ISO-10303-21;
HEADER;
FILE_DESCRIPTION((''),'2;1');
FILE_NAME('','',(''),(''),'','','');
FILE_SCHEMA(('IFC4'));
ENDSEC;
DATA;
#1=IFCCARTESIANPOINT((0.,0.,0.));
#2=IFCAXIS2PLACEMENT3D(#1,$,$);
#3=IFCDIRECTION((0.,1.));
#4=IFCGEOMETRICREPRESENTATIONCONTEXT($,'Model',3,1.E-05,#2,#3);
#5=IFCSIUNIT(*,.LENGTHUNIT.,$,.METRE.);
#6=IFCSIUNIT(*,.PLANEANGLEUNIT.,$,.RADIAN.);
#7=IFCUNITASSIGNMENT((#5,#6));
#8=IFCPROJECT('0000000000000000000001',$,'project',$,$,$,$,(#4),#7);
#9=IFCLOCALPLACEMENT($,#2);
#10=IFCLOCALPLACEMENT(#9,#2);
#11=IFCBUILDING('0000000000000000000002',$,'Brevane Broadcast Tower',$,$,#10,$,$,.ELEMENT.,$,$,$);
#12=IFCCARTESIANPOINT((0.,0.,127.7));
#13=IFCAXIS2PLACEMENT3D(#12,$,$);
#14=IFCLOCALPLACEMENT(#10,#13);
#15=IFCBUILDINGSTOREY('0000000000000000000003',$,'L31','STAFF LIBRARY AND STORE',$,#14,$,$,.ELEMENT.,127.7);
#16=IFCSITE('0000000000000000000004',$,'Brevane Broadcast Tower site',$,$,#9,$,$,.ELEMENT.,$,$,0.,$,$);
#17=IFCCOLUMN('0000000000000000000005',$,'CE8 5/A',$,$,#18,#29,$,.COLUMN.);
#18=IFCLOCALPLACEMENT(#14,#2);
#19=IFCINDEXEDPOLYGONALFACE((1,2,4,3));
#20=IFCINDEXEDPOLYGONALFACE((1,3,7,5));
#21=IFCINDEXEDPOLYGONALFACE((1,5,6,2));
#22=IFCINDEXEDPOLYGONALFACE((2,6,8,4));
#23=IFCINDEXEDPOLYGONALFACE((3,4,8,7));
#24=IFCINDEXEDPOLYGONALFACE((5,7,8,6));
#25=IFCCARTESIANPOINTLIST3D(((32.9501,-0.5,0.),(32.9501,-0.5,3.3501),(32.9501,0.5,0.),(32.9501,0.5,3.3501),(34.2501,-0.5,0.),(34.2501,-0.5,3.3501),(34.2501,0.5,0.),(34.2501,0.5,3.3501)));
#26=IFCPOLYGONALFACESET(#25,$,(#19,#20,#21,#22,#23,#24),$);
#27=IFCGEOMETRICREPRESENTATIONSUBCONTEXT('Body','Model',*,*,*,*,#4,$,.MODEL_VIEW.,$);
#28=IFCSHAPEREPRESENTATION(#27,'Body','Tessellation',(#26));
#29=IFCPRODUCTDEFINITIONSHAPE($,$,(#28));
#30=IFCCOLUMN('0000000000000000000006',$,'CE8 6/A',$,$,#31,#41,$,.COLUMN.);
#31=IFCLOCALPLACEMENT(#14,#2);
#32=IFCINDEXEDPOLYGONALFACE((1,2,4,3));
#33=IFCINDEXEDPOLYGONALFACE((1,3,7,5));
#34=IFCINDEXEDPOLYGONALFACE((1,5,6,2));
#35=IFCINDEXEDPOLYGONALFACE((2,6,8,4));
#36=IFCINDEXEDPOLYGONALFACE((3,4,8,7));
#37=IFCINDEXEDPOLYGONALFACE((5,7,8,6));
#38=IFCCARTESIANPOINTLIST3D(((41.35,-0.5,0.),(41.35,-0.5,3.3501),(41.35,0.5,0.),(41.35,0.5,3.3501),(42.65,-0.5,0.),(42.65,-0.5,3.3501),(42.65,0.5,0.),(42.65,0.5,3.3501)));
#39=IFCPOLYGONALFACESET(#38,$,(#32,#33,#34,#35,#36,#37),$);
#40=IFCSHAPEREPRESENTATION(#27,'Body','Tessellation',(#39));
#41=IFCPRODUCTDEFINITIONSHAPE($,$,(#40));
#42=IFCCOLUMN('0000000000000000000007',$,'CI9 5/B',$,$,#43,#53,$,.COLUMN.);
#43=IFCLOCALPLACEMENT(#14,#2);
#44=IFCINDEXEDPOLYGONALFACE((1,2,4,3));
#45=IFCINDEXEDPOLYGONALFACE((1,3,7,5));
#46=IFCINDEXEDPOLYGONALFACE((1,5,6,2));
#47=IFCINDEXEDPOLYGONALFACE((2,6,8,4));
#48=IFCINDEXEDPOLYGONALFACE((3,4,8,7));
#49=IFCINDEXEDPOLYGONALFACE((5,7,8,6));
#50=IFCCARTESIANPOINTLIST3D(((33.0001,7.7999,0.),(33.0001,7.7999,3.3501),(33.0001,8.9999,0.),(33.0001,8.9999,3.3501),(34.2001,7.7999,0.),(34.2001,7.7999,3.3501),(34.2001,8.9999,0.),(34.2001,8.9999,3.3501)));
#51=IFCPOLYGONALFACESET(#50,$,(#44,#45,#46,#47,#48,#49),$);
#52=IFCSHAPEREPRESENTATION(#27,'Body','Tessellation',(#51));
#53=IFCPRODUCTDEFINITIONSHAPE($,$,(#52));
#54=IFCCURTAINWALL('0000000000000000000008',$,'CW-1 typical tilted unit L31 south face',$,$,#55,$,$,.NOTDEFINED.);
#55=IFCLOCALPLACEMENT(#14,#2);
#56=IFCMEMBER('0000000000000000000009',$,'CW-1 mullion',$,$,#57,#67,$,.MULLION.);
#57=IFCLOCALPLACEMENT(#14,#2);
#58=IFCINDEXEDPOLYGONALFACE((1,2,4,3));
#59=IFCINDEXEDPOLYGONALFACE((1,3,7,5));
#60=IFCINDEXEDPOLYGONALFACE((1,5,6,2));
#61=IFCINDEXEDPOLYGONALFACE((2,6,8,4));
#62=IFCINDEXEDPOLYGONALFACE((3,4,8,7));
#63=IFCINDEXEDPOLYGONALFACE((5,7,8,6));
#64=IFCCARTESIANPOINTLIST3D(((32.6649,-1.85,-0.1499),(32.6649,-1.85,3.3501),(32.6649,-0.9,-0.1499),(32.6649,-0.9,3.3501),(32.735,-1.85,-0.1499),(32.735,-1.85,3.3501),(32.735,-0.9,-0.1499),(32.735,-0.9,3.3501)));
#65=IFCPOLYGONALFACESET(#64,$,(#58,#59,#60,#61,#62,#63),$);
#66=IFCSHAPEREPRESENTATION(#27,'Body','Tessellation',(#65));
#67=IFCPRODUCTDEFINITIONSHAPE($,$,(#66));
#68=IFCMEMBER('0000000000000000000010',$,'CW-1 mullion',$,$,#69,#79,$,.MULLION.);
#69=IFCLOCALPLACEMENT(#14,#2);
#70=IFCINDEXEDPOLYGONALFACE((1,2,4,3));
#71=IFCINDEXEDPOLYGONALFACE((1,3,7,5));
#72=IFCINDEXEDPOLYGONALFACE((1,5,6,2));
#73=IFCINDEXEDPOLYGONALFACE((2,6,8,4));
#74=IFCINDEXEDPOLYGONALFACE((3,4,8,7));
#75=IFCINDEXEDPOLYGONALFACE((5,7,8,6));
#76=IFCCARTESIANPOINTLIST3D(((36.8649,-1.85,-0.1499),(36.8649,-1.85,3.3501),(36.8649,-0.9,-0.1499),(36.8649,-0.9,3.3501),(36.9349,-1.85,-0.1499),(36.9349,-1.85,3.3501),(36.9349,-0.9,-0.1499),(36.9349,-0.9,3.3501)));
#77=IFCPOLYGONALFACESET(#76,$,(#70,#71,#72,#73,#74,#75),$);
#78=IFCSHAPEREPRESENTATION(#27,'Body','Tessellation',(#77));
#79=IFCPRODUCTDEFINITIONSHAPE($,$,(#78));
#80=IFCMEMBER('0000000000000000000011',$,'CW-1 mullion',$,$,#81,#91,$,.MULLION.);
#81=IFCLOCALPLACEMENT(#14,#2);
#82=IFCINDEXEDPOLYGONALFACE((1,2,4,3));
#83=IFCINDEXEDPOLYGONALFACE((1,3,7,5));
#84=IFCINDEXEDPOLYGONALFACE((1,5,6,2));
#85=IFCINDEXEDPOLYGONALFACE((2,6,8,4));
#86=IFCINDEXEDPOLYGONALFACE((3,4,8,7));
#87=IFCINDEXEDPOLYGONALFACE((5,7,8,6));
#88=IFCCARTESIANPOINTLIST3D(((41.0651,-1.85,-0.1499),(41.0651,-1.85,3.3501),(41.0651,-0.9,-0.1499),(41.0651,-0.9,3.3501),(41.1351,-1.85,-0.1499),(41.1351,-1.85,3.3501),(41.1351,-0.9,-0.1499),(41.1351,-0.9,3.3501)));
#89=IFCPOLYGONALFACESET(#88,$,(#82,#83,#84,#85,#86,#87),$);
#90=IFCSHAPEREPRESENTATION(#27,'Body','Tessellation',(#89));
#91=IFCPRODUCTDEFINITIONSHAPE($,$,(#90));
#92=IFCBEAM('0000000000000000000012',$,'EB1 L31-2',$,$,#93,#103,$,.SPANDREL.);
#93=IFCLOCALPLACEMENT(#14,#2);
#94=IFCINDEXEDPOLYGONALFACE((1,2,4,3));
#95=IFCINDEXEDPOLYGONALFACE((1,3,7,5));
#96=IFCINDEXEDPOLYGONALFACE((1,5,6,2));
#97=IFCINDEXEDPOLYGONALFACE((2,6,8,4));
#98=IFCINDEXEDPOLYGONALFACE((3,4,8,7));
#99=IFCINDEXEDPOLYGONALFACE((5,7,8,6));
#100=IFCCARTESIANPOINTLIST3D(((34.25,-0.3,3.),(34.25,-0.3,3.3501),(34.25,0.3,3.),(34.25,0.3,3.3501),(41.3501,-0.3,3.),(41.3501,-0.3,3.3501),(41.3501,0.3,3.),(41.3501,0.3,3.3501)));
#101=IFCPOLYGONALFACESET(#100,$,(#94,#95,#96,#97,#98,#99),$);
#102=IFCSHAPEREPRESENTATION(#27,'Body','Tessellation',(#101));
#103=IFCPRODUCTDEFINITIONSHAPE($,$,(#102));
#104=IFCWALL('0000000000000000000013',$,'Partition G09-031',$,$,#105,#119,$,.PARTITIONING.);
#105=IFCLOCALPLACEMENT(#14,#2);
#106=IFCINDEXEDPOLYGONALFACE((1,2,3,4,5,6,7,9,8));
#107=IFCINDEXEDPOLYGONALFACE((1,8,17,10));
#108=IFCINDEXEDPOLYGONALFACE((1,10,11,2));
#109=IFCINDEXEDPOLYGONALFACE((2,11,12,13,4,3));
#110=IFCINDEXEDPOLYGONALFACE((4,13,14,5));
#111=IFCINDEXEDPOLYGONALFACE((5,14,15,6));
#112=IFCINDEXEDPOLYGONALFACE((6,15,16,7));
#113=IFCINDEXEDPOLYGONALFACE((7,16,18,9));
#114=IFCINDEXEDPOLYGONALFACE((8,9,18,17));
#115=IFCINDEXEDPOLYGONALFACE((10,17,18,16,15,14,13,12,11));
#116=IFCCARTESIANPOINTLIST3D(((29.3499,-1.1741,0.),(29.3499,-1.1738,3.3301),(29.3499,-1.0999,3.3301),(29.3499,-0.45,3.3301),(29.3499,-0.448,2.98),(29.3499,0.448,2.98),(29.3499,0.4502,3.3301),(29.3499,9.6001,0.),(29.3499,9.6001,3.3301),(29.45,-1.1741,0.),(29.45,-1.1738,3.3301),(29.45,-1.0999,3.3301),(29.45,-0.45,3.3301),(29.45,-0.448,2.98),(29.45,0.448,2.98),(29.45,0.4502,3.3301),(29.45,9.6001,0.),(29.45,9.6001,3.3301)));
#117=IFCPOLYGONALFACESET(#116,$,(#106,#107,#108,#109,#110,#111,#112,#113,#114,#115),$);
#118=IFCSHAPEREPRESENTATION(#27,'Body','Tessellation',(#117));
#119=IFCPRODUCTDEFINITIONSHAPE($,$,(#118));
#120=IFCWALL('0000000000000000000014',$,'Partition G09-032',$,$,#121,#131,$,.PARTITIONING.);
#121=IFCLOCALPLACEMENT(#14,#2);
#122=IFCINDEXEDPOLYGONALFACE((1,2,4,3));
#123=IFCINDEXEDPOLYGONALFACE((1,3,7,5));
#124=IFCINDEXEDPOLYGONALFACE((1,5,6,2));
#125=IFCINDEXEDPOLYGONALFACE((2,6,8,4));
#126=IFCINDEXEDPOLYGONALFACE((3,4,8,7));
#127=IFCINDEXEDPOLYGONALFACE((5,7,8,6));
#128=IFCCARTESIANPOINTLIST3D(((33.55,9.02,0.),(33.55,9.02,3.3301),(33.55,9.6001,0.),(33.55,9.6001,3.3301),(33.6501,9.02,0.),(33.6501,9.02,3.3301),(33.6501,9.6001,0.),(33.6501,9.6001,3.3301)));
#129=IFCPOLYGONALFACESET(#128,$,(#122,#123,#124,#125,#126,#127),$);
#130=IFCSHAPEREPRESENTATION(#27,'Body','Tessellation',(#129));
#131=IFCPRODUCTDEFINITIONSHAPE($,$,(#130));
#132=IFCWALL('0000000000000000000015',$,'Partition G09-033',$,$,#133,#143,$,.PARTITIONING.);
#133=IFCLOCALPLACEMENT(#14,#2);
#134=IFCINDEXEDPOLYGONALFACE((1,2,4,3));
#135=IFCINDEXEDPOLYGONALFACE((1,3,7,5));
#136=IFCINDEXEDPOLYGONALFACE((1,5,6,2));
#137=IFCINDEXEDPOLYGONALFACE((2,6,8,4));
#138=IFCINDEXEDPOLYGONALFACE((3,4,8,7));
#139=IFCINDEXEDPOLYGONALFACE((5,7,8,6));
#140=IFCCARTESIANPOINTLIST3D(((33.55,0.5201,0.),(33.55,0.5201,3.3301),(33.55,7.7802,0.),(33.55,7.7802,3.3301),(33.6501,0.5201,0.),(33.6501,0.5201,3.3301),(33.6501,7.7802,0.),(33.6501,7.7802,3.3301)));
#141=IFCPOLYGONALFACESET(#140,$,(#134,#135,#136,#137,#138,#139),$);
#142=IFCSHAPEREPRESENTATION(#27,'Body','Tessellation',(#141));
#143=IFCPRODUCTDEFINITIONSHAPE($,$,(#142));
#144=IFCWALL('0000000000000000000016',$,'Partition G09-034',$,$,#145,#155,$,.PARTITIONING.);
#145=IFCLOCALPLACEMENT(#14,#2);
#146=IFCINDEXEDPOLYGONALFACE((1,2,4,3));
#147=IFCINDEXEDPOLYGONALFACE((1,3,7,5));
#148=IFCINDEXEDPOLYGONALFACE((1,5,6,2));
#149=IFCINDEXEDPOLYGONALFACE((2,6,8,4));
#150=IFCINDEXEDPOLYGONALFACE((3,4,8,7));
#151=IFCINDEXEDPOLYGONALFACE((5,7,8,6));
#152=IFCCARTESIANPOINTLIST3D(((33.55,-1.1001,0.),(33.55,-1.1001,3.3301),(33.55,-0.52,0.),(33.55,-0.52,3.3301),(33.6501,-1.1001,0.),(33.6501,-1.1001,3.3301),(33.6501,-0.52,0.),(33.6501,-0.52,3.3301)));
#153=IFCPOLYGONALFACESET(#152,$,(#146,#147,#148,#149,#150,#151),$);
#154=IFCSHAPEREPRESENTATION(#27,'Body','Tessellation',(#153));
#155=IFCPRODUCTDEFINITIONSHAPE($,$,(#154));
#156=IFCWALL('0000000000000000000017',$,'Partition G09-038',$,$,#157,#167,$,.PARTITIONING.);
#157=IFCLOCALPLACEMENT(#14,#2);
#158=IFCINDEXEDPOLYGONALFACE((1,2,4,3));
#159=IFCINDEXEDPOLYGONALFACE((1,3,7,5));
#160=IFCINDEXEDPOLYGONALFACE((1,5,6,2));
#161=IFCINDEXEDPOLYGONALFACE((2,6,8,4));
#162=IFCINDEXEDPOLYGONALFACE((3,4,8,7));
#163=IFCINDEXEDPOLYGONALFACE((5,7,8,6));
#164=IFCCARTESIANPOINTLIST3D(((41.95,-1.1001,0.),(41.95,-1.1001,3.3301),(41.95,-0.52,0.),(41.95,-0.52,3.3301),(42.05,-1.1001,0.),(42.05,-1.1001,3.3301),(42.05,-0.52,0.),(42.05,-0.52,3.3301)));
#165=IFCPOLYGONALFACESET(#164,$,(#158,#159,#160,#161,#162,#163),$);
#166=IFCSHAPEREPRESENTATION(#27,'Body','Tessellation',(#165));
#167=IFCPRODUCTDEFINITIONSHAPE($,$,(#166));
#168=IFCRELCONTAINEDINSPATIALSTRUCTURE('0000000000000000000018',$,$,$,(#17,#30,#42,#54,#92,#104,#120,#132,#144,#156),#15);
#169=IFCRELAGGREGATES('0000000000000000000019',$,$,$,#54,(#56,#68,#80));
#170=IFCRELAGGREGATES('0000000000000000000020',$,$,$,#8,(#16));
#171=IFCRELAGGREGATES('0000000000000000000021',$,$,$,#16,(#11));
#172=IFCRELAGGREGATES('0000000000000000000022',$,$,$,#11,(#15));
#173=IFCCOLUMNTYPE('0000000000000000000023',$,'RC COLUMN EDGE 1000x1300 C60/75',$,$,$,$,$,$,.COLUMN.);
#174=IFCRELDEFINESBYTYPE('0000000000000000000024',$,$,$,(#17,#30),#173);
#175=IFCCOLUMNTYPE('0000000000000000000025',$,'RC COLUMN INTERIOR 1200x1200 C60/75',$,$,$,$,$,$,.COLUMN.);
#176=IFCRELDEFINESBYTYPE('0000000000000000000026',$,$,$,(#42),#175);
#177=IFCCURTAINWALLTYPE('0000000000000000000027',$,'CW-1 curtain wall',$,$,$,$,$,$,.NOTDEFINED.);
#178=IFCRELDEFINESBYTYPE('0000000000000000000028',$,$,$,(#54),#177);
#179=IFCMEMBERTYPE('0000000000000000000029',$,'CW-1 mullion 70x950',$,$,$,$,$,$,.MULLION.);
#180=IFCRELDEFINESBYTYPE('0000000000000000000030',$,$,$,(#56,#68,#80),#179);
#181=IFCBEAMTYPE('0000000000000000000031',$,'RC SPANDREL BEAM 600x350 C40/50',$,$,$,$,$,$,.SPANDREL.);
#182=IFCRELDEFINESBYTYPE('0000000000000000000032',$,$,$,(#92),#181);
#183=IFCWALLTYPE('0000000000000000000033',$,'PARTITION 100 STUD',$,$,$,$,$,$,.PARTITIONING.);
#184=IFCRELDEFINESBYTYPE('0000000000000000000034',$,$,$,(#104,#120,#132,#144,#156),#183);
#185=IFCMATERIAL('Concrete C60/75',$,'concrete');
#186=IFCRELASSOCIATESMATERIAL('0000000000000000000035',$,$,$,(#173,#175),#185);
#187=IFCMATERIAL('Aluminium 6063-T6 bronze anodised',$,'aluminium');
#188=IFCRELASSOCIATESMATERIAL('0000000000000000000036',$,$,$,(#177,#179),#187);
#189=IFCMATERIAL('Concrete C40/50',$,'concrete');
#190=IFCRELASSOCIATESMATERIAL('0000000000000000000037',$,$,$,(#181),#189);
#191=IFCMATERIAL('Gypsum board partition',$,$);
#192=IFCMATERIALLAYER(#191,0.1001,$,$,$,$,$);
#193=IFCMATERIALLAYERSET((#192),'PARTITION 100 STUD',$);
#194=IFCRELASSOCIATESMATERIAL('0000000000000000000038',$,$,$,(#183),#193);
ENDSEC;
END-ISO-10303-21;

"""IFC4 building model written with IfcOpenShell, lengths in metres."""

from ifc_helpers import new_model, si_unit, direction, frame, frame_2d, origin, origin_2d, place, context, subcontext, project, spatial, polyline, rectangle, outline, extrude, material, layer, layer_set, material_profile, profile_set, type_object, element, aggregate, save


model = new_model("IFC4")

# Units and contexts
model_context = context("Model", 3, precision=1e-05, world=origin(), true_north=direction((0.0, 1.0)))
body_context = subcontext(model_context, "Body", "Model", "MODEL_VIEW")
ifc_project = project(units=[si_unit("LENGTHUNIT", "METRE"), si_unit("PLANEANGLEUNIT", "RADIAN")], contexts=[model_context])

# Site, building, storey
site_placement = place(None, origin())
site = spatial("IfcSite", under=ifc_project, at=site_placement, Name="Brevane Broadcast Tower site", CompositionType="ELEMENT", RefElevation=0.0)
building_placement = place(site_placement, origin())
building = spatial("IfcBuilding", under=site, at=building_placement, Name="Brevane Broadcast Tower", CompositionType="ELEMENT")
storey_placement = place(building_placement, frame((0.0, 0.0, 127.7)))
storey = spatial("IfcBuildingStorey", under=building, at=storey_placement, Name="L31", Description="STAFF LIBRARY AND STORE", CompositionType="ELEMENT", Elevation=127.7)

# Columns
ifc_material_1 = material(Name="Concrete C60/75", Category="concrete")
ifc_material_profile_1 = material_profile(ifc_material_1, rectangle(XDim=1.0, YDim=1.3, at=origin_2d()), Name="RC 1000x1300")
ifc_profile_set_1 = profile_set([ifc_material_profile_1], Name="Concrete C60/75")
column_type_1 = type_object("IfcColumnType", Name="RC COLUMN EDGE 1000x1300 C60/75", PredefinedType="COLUMN", material=ifc_profile_set_1)
for number, where, z_axis, x_axis, name in (
    (1, (33.6001, 0.0, 0.0), (0.0, 0.0, 1.0), (0.0, 1.0, 0.0), "CE8 5/A"),
    (2, (42.0, 0.0, 0.0), (0.0, 0.0, 1.0), (0.0, 1.0, 0.0), "CE8 6/A"),
):
    element("IfcColumn", number, at=place(storey_placement, frame(where, z_axis=z_axis, x_axis=x_axis)), inside=storey, type_object=column_type_1, Name=name, PredefinedType="COLUMN", context=body_context, shape_type="SweptSolid", body=[
        extrude(rectangle(XDim=1.0, YDim=1.3, at=origin_2d()), origin(), (0.0, 0.0, 1.0), 3.3501),
    ])
ifc_material_profile_2 = material_profile(ifc_material_1, rectangle(XDim=1.2, YDim=1.2, at=origin_2d()), Name="RC 1200x1200")
ifc_profile_set_2 = profile_set([ifc_material_profile_2], Name="Concrete C60/75")
column_type_2 = type_object("IfcColumnType", Name="RC COLUMN INTERIOR 1200x1200 C60/75", PredefinedType="COLUMN", material=ifc_profile_set_2)
column_placement = place(storey_placement, frame((33.6001, 8.3999, 0.0), z_axis=(0.0, 0.0, 1.0), x_axis=(1.0, 0.0, 0.0)))
element("IfcColumn", 3, at=column_placement, inside=storey, type_object=column_type_2, Name="CI9 5/B", PredefinedType="COLUMN", context=body_context, shape_type="SweptSolid", body=[
    extrude(rectangle(XDim=1.2, YDim=1.2, at=origin_2d()), origin(), (0.0, 0.0, 1.0), 3.3501),
])

# Curtain wall, members
ifc_material_2 = material(Name="Aluminium 6063-T6 bronze anodised", Category="aluminium")
curtain_wall_type = type_object("IfcCurtainWallType", Name="CW-1 curtain wall", PredefinedType="NOTDEFINED", material=ifc_material_2)
curtain_wall_placement = place(storey_placement, origin())
curtain_wall = element("IfcCurtainWall", 4, at=curtain_wall_placement, inside=storey, type_object=curtain_wall_type, Name="CW-1 typical tilted unit L31 south face", PredefinedType="NOTDEFINED")
ifc_material_profile_3 = material_profile(ifc_material_2, rectangle(XDim=0.95, YDim=0.0701, at=origin_2d()), Name="RECT 70x950")
ifc_profile_set_3 = profile_set([ifc_material_profile_3], Name="Aluminium 6063-T6 bronze anodised")
member_type = type_object("IfcMemberType", Name="CW-1 mullion 70x950", PredefinedType="MULLION", material=ifc_profile_set_3)
member_1_placement = place(storey_placement, frame((32.7, -1.375, -0.1499), z_axis=(0.0, 0.0, 1.0), x_axis=(0.0, 1.0, 0.0)))
member_1 = element("IfcMember", 5, at=member_1_placement, type_object=member_type, Name="CW-1 mullion", PredefinedType="MULLION", context=body_context, shape_type="SweptSolid", body=[
    extrude(rectangle(XDim=0.95, YDim=0.0701, at=origin_2d()), origin(), (0.0, 0.0, 1.0), 3.5),
])
member_2_placement = place(storey_placement, frame((36.8999, -1.375, -0.1499), z_axis=(0.0, 0.0, 1.0), x_axis=(0.0, 1.0, 0.0)))
member_2 = element("IfcMember", 6, at=member_2_placement, type_object=member_type, Name="CW-1 mullion", PredefinedType="MULLION", context=body_context, shape_type="SweptSolid", body=[
    extrude(rectangle(XDim=0.95, YDim=0.0701, at=origin_2d()), origin(), (0.0, 0.0, 1.0), 3.5),
])
member_3_placement = place(storey_placement, frame((41.1001, -1.375, -0.1499), z_axis=(0.0, 0.0, 1.0), x_axis=(0.0, 1.0, 0.0)))
member_3 = element("IfcMember", 7, at=member_3_placement, type_object=member_type, Name="CW-1 mullion", PredefinedType="MULLION", context=body_context, shape_type="SweptSolid", body=[
    extrude(rectangle(XDim=0.95, YDim=0.0701, at=origin_2d()), origin(), (0.0, 0.0, 1.0), 3.5),
])
aggregate(curtain_wall, [member_1, member_2, member_3])

# Beam
ifc_material_3 = material(Name="Concrete C40/50", Category="concrete")
ifc_material_profile_4 = material_profile(ifc_material_3, rectangle(XDim=0.6001, YDim=0.3501, at=origin_2d()), Name="RC 600x350")
ifc_profile_set_4 = profile_set([ifc_material_profile_4], Name="Concrete C40/50")
beam_type = type_object("IfcBeamType", Name="RC SPANDREL BEAM 600x350 C40/50", PredefinedType="SPANDREL", material=ifc_profile_set_4)
beam_placement = place(storey_placement, frame((34.25, 0.0, 3.175), z_axis=(1.0, 0.0, 0.0), x_axis=(0.0, 1.0, 0.0)))
element("IfcBeam", 8, at=beam_placement, inside=storey, type_object=beam_type, Name="EB1 L31-2", PredefinedType="SPANDREL", context=body_context, shape_type="SweptSolid", body=[
    extrude(rectangle(XDim=0.6001, YDim=0.3501, at=origin_2d()), origin(), (0.0, 0.0, 1.0), 7.1001),
])

# Walls
ifc_material_4 = material(Name="Gypsum board partition")
ifc_layer_1 = layer(ifc_material_4, 0.1001)
ifc_layer_set_1 = layer_set([ifc_layer_1], Name="PARTITION 100 STUD")
wall_type_1 = type_object("IfcWallType", Name="PARTITION 100 STUD", PredefinedType="PARTITIONING", material=ifc_layer_set_1)
wall_1_placement = place(storey_placement, frame((29.3999, 9.6001, 0.0), z_axis=(0.0, 0.0, 1.0), x_axis=(0.0, -1.0, 0.0)))
element("IfcWall", 9, at=wall_1_placement, inside=storey, type_object=wall_type_1, Name="Partition G09-031", PredefinedType="PARTITIONING", context=body_context, shape_type="SweptSolid", body=[
    extrude(outline(polyline([(0.0, 0.0), (10.7742, 0.0), (10.7739, 3.3301), (10.7, 3.3301), (10.05, 3.3301), (10.0481, 2.98), (9.1521, 2.98), (9.1499, 3.3301), (0.0, 3.3301), (0.0, 0.0)])), frame((0.0, 0.05, 0.0), z_axis=(0.0, -1.0, 0.0), x_axis=(1.0, 0.0, 0.0)), (0.0, 0.0, 1.0), 0.1001),
])
wall_2_placement = place(storey_placement, frame((33.6001, 9.6001, 0.0), z_axis=(0.0, 0.0, 1.0), x_axis=(0.0, -1.0, 0.0)))
element("IfcWall", 10, at=wall_2_placement, inside=storey, type_object=wall_type_1, Name="Partition G09-032", PredefinedType="PARTITIONING", context=body_context, shape_type="SweptSolid", body=[
    extrude(rectangle(XDim=0.5801, YDim=0.1001, at=frame_2d((0.29, 0.0))), origin(), (0.0, 0.0, 1.0), 3.3301),
])
wall_3_placement = place(storey_placement, frame((33.6001, 7.78, 0.0), z_axis=(0.0, 0.0, 1.0), x_axis=(0.0, -1.0, 0.0)))
element("IfcWall", 11, at=wall_3_placement, inside=storey, type_object=wall_type_1, Name="Partition G09-033", PredefinedType="PARTITIONING", context=body_context, shape_type="SweptSolid", body=[
    extrude(rectangle(XDim=7.26, YDim=0.1001, at=frame_2d((3.6299, 0.0))), origin(), (0.0, 0.0, 1.0), 3.3301),
])
for number, where, z_axis, x_axis, name in (
    (12, (33.6001, -0.52, 0.0), (0.0, 0.0, 1.0), (0.0, -1.0, 0.0), "Partition G09-034"),
    (13, (42.0, -0.52, 0.0), (0.0, 0.0, 1.0), (0.0, -1.0, 0.0), "Partition G09-038"),
):
    element("IfcWall", number, at=place(storey_placement, frame(where, z_axis=z_axis, x_axis=x_axis)), inside=storey, type_object=wall_type_1, Name=name, PredefinedType="PARTITIONING", context=body_context, shape_type="SweptSolid", body=[
        extrude(rectangle(XDim=0.5801, YDim=0.1001, at=frame_2d((0.29, 0.0))), origin(), (0.0, 0.0, 1.0), 3.3301),
    ])

save(model, "model.ifc")
